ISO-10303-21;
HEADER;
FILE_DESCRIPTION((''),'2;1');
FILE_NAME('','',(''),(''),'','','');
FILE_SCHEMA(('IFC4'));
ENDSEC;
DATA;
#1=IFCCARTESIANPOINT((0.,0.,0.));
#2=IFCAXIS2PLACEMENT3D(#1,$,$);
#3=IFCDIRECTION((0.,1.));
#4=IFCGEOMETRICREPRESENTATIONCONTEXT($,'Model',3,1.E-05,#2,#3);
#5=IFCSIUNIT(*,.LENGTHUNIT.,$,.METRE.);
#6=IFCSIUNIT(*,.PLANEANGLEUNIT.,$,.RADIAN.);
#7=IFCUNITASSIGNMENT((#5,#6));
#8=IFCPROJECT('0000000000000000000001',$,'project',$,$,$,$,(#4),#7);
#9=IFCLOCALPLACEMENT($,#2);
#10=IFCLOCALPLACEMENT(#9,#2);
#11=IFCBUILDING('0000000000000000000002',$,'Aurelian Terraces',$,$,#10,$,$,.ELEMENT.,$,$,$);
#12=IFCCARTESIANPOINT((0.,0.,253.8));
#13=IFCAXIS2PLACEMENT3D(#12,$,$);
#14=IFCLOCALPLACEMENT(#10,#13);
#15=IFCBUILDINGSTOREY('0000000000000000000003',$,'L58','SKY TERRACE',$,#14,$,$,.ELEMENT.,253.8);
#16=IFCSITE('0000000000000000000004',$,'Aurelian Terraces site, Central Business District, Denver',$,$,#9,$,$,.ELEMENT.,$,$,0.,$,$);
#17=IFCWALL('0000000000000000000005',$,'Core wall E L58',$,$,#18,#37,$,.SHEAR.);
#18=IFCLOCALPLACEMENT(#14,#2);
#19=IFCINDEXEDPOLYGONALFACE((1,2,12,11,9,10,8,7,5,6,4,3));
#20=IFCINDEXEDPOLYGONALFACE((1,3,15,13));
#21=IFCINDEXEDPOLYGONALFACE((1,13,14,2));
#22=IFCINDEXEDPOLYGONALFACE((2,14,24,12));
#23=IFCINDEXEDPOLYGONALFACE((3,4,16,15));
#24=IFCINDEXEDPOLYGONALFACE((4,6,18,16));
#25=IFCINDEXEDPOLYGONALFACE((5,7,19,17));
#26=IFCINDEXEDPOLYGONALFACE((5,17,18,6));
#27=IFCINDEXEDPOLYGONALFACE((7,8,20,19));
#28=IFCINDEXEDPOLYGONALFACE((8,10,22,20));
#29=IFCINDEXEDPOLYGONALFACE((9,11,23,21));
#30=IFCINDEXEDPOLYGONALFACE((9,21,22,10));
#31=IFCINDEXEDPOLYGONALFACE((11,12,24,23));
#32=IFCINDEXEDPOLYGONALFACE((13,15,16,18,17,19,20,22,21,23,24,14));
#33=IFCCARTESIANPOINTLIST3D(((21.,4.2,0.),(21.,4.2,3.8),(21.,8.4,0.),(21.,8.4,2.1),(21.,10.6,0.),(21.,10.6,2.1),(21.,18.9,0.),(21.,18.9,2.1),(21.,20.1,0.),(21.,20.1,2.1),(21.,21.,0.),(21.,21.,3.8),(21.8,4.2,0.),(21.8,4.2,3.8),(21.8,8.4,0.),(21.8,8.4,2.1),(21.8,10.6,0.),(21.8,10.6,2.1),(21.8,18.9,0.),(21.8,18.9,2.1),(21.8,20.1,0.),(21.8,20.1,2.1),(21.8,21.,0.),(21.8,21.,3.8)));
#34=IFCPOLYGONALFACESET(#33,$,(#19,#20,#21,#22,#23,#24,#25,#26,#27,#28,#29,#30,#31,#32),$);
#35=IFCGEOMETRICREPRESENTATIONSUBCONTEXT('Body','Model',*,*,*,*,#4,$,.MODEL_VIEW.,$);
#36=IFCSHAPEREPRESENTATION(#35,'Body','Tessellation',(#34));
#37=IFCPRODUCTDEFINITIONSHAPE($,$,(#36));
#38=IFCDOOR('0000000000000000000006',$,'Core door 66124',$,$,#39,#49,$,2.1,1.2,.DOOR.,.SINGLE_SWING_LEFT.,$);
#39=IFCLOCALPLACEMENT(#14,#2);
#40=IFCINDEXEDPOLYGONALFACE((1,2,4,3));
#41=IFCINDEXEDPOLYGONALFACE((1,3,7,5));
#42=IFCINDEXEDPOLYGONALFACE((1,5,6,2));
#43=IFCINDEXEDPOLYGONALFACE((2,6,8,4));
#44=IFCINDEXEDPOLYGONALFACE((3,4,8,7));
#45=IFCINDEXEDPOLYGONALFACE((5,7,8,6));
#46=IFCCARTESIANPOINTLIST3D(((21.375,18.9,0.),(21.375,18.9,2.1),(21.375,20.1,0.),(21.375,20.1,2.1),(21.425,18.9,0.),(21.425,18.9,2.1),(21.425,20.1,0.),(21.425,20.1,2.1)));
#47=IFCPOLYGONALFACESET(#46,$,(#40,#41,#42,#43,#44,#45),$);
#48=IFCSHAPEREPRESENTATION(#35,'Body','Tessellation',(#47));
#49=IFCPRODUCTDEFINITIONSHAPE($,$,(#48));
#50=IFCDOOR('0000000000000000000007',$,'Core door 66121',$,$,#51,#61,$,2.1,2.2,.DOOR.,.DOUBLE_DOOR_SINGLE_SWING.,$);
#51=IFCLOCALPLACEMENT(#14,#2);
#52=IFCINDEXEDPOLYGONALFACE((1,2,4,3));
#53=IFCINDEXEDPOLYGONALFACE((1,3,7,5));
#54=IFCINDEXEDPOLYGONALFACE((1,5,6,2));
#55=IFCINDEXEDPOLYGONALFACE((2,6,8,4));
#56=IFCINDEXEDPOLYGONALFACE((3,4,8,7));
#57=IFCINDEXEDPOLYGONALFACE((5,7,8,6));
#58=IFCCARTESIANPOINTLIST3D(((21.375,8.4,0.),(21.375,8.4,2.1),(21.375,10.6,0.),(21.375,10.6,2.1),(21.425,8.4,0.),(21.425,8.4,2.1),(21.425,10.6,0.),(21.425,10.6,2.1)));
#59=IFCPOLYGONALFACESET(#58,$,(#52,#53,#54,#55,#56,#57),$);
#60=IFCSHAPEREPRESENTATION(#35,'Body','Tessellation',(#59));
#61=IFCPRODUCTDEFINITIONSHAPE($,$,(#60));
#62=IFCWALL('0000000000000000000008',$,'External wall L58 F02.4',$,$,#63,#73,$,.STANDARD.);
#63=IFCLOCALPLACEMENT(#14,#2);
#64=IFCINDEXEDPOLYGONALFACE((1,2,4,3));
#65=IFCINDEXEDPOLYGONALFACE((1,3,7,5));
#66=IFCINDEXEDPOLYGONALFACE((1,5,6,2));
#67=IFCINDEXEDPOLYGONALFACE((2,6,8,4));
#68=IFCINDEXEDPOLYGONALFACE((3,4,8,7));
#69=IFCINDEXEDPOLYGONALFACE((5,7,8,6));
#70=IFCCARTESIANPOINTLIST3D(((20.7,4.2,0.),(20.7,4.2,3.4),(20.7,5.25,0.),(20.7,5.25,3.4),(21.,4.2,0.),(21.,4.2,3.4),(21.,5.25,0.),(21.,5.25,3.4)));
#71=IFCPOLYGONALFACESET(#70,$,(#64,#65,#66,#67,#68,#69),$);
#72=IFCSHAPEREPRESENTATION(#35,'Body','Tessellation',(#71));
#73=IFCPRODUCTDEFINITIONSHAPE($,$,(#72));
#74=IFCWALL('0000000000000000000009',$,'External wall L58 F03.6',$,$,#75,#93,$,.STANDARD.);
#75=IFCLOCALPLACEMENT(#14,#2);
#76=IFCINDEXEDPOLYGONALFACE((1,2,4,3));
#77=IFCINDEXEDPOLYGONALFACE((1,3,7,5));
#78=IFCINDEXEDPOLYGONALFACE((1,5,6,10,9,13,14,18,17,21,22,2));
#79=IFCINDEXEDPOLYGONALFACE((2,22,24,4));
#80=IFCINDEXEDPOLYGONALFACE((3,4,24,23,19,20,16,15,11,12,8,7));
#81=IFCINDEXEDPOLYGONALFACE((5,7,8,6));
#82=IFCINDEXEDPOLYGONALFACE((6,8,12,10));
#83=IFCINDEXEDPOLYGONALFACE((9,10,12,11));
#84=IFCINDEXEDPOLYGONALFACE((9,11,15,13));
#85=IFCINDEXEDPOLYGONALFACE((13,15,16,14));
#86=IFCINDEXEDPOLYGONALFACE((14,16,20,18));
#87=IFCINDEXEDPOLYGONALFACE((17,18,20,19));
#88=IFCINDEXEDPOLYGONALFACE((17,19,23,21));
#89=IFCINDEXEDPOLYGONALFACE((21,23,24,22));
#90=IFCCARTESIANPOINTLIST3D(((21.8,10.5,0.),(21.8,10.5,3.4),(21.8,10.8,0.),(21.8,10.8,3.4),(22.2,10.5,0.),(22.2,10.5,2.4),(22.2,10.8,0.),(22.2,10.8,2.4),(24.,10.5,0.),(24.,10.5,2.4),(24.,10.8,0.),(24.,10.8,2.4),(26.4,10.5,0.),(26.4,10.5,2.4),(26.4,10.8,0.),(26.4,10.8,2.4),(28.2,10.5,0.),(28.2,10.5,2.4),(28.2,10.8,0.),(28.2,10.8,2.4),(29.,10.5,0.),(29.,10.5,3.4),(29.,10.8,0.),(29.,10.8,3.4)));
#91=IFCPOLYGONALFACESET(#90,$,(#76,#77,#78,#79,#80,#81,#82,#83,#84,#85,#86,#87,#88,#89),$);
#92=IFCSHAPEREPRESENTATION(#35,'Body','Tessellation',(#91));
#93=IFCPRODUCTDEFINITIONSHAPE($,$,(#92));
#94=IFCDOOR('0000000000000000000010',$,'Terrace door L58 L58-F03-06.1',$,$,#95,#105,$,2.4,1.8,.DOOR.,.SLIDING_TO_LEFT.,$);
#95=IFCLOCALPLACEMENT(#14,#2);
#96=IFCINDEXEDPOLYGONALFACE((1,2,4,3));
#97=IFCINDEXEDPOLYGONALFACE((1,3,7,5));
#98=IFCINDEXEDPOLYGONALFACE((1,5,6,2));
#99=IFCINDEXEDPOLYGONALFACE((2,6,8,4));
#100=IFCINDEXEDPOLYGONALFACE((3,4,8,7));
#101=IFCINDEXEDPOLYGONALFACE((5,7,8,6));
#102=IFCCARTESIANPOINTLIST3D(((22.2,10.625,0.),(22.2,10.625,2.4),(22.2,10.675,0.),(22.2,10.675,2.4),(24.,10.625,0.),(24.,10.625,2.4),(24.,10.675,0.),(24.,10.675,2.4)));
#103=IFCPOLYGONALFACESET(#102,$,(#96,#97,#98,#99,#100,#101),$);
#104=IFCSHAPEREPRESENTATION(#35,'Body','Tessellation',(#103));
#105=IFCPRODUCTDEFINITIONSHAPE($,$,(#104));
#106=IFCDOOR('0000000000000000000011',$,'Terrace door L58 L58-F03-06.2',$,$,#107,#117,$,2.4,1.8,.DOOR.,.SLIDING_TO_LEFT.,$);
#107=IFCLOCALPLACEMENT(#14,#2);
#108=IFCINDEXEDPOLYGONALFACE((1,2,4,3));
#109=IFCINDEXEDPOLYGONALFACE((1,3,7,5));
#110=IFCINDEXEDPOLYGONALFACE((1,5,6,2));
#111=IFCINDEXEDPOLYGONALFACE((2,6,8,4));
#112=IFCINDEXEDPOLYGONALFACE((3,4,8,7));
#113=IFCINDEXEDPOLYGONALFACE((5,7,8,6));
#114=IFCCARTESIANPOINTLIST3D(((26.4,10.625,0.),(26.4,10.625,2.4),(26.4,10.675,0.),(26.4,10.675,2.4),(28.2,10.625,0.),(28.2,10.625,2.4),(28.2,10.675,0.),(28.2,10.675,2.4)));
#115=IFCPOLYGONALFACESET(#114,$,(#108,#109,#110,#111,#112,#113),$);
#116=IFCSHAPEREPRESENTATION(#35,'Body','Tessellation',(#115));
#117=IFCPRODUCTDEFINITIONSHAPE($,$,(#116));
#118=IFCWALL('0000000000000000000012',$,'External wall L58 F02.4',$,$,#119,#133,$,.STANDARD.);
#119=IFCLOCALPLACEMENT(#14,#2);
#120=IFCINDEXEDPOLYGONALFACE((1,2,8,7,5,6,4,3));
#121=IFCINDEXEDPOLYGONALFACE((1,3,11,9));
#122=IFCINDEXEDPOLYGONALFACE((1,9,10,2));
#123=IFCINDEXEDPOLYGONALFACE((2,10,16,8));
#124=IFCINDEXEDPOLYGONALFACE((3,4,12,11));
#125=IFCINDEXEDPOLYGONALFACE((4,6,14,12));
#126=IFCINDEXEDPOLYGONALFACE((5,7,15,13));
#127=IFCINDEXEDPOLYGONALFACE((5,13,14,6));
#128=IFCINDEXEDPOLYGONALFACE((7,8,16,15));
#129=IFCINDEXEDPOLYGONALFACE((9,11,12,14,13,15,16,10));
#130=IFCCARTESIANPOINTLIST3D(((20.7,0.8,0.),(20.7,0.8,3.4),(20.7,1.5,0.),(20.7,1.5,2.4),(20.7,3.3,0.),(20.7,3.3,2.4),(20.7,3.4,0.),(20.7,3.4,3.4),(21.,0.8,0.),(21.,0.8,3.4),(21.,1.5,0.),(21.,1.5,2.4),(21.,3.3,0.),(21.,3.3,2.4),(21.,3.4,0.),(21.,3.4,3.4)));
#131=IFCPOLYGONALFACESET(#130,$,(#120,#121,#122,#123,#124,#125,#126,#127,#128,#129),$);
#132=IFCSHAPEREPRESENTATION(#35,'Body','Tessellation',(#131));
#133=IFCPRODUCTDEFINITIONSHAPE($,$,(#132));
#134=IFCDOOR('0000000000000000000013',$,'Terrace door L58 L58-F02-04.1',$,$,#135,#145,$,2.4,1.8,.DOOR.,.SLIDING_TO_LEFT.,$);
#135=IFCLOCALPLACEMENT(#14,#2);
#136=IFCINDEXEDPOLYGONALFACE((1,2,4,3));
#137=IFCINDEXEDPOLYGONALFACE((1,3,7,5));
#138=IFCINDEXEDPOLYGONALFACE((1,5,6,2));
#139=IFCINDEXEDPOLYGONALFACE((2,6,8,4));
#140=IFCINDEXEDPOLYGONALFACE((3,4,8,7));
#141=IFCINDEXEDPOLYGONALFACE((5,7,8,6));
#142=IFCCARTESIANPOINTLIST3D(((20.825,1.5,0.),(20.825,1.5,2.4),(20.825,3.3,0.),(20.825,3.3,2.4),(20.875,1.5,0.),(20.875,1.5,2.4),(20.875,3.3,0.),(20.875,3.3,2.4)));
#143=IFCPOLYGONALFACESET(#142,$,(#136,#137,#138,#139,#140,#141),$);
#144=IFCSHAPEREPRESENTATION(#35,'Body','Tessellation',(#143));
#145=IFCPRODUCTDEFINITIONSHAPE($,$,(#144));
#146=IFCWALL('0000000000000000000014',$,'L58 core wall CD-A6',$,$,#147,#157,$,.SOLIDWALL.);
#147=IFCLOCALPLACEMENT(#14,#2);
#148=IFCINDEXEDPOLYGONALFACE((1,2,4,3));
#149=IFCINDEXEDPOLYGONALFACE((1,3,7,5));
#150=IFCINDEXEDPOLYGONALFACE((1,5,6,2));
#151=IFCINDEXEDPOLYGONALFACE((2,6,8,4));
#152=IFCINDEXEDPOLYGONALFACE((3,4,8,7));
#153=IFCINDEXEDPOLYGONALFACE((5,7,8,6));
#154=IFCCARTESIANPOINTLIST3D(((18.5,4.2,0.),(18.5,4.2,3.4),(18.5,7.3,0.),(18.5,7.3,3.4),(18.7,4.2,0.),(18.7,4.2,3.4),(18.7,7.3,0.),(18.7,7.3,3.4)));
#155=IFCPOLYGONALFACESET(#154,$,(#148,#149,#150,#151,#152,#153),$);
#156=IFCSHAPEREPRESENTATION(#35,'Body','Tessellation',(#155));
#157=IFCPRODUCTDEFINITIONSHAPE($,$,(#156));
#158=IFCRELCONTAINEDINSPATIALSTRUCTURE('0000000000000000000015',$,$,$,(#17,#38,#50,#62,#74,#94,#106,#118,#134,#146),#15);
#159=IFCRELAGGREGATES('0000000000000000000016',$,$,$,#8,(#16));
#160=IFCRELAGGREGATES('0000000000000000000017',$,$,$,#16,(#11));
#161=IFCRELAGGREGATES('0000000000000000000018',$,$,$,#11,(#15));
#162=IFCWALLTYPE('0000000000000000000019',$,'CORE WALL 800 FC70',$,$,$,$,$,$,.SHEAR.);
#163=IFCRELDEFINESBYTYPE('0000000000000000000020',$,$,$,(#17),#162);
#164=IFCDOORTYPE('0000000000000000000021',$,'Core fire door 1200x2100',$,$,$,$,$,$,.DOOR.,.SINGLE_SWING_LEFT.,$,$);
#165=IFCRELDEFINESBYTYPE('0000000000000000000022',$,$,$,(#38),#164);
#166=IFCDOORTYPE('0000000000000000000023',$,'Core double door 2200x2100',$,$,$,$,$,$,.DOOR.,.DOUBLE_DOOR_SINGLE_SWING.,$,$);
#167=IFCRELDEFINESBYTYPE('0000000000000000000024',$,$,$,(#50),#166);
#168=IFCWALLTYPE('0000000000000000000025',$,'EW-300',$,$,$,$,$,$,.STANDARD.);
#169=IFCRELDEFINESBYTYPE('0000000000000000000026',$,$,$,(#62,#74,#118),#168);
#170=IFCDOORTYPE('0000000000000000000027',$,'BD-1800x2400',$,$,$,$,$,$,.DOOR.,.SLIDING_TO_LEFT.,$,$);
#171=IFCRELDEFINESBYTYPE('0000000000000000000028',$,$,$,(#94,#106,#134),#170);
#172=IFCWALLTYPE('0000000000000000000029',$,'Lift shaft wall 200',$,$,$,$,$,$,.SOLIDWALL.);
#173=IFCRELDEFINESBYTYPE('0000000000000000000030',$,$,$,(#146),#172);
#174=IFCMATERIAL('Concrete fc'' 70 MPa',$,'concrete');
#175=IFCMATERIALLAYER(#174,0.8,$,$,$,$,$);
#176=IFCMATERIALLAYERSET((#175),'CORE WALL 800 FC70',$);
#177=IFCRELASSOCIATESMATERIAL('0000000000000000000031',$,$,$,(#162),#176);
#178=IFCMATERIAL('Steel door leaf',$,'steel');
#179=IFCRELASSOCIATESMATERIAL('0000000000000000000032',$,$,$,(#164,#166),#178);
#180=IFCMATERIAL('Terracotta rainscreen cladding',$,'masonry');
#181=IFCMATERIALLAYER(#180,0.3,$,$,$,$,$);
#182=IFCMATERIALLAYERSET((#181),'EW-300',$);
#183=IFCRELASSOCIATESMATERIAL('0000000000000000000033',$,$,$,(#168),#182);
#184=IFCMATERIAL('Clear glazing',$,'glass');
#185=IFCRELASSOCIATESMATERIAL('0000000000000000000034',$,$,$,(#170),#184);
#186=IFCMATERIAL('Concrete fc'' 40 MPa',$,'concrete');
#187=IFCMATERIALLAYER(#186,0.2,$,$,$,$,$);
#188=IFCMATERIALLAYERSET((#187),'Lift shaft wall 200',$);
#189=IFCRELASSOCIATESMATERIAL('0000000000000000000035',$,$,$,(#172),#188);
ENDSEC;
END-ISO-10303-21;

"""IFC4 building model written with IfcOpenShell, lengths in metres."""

from ifc_helpers import new_model, si_unit, direction, frame, frame_2d, origin, place, context, subcontext, project, spatial, rectangle, extrude, source, transform, mapped, material, layer, layer_set, type_object, element, fill, save


model = new_model("IFC4")

# Units and contexts
model_context = context("Model", 3, precision=1e-05, world=origin(), true_north=direction((0.0, 1.0)))
body_context = subcontext(model_context, "Body", "Model", "MODEL_VIEW")
ifc_project = project(units=[si_unit("LENGTHUNIT", "METRE"), si_unit("PLANEANGLEUNIT", "RADIAN")], contexts=[model_context])

# Site, building, storey
site_placement = place(None, origin())
site = spatial("IfcSite", under=ifc_project, at=site_placement, Name="Aurelian Terraces site, Central Business District, Denver", CompositionType="ELEMENT", RefElevation=0.0)
building_placement = place(site_placement, origin())
building = spatial("IfcBuilding", under=site, at=building_placement, Name="Aurelian Terraces", CompositionType="ELEMENT")
storey_placement = place(building_placement, frame((0.0, 0.0, 253.8)))
storey = spatial("IfcBuildingStorey", under=building, at=storey_placement, Name="L58", Description="SKY TERRACE", CompositionType="ELEMENT", Elevation=253.8)

# Shared definitions
ifc_material_1 = material(Name="Concrete fc' 70 MPa", Category="concrete")

# Shared definitions
ifc_material_2 = material(Name="Concrete fc' 40 MPa", Category="concrete")

# Wall, openings, doors
ifc_layer_1 = layer(ifc_material_1, 0.8)
ifc_layer_set_1 = layer_set([ifc_layer_1], Name="CORE WALL 800 FC70")
wall_type_1 = type_object("IfcWallType", Name="CORE WALL 800 FC70", PredefinedType="SHEAR", material=ifc_layer_set_1)
shared_shape_1 = source(origin(), body_context, "Body", "SweptSolid", [
    extrude(rectangle(XDim=16.8, YDim=0.8, at=frame_2d((8.4, 0.0))), origin(), (0.0, 0.0, 1.0), 3.8),
])
wall_1_placement = place(storey_placement, frame((21.4, 4.2, 0.0), z_axis=(0.0, 0.0, 1.0), x_axis=(0.0, 1.0, 0.0)))
wall_1 = element("IfcWall", 1, at=wall_1_placement, inside=storey, type_object=wall_type_1, Name="Core wall E L58", PredefinedType="SHEAR", context=body_context, shape_type="MappedRepresentation", body=[
    mapped(shared_shape_1, transform((0.0, 0.0, 0.0), scale=1.0)),
])
shared_shape_2 = source(origin(), body_context, "Body", "SweptSolid", [
    extrude(rectangle(XDim=2.2, YDim=2.1, at=frame_2d((1.1, 1.05))), frame((0.0, 0.41, 0.0), z_axis=(0.0, -1.0, 0.0), x_axis=(1.0, 0.0, 0.0)), (0.0, 0.0, 1.0), 0.82),
])
opening_1_placement = place(wall_1_placement, frame((4.2, 0.0, 0.0)))
opening_1 = element("IfcOpeningElement", 2, at=opening_1_placement, cuts=wall_1, PredefinedType="OPENING", context=body_context, shape_type="MappedRepresentation", body=[
    mapped(shared_shape_2, transform((0.0, 0.0, 0.0), scale=1.0)),
])
shared_shape_3 = source(origin(), body_context, "Body", "SweptSolid", [
    extrude(rectangle(XDim=1.2, YDim=2.1, at=frame_2d((0.6, 1.05))), frame((0.0, 0.41, 0.0), z_axis=(0.0, -1.0, 0.0), x_axis=(1.0, 0.0, 0.0)), (0.0, 0.0, 1.0), 0.82),
])
opening_2_placement = place(wall_1_placement, frame((14.7, 0.0, 0.0)))
opening_2 = element("IfcOpeningElement", 3, at=opening_2_placement, cuts=wall_1, PredefinedType="OPENING", context=body_context, shape_type="MappedRepresentation", body=[
    mapped(shared_shape_3, transform((0.0, 0.0, 0.0), scale=1.0)),
])
ifc_material_3 = material(Name="Steel door leaf", Category="steel")
door_type_1 = type_object("IfcDoorType", Name="Core fire door 1200x2100", OperationType="SINGLE_SWING_LEFT", PredefinedType="DOOR", material=ifc_material_3)
shared_shape_4 = source(origin(), body_context, "Body", "SweptSolid", [
    extrude(rectangle(XDim=1.2, YDim=2.1, at=frame_2d((0.6, 1.05))), frame((0.0, 0.025, 0.0), z_axis=(0.0, -1.0, 0.0), x_axis=(1.0, 0.0, 0.0)), (0.0, 0.0, 1.0), 0.05),
])
door_1_placement = place(opening_2_placement, origin())
door_1 = element("IfcDoor", 4, at=door_1_placement, inside=storey, type_object=door_type_1, Name="Core door 66124", OperationType="SINGLE_SWING_LEFT", OverallHeight=2.1, OverallWidth=1.2, PredefinedType="DOOR", context=body_context, shape_type="MappedRepresentation", body=[
    mapped(shared_shape_4, transform((0.0, 0.0, 0.0), scale=1.0)),
])
fill(opening_2, door_1)
door_type_2 = type_object("IfcDoorType", Name="Core double door 2200x2100", OperationType="DOUBLE_DOOR_SINGLE_SWING", PredefinedType="DOOR", material=ifc_material_3)
shared_shape_5 = source(origin(), body_context, "Body", "SweptSolid", [
    extrude(rectangle(XDim=2.2, YDim=2.1, at=frame_2d((1.1, 1.05))), frame((0.0, 0.025, 0.0), z_axis=(0.0, -1.0, 0.0), x_axis=(1.0, 0.0, 0.0)), (0.0, 0.0, 1.0), 0.05),
])
door_2_placement = place(opening_1_placement, origin())
door_2 = element("IfcDoor", 5, at=door_2_placement, inside=storey, type_object=door_type_2, Name="Core door 66121", OperationType="DOUBLE_DOOR_SINGLE_SWING", OverallHeight=2.1, OverallWidth=2.2, PredefinedType="DOOR", context=body_context, shape_type="MappedRepresentation", body=[
    mapped(shared_shape_5, transform((0.0, 0.0, 0.0), scale=1.0)),
])
fill(opening_1, door_2)

# Wall
ifc_material_4 = material(Name="Terracotta rainscreen cladding", Category="masonry")
ifc_layer_2 = layer(ifc_material_4, 0.3)
ifc_layer_set_2 = layer_set([ifc_layer_2], Name="EW-300")
wall_type_2 = type_object("IfcWallType", Name="EW-300", PredefinedType="STANDARD", material=ifc_layer_set_2)
shared_shape_6 = source(origin(), body_context, "Body", "SweptSolid", [
    extrude(rectangle(XDim=1.05, YDim=0.3, at=frame_2d((0.525, 0.0))), origin(), (0.0, 0.0, 1.0), 3.4),
])
wall_2_placement = place(storey_placement, frame((20.85, 4.2, 0.0), z_axis=(0.0, 0.0, 1.0), x_axis=(0.0, 1.0, 0.0)))
element("IfcWall", 6, at=wall_2_placement, inside=storey, type_object=wall_type_2, Name="External wall L58 F02.4", PredefinedType="STANDARD", context=body_context, shape_type="MappedRepresentation", body=[
    mapped(shared_shape_6, transform((0.0, 0.0, 0.0), scale=1.0)),
])

# Wall, openings, doors
shared_shape_7 = source(origin(), body_context, "Body", "SweptSolid", [
    extrude(rectangle(XDim=7.2, YDim=0.3, at=frame_2d((3.6, 0.0))), origin(), (0.0, 0.0, 1.0), 3.4),
])
wall_3_placement = place(storey_placement, frame((21.8, 10.65, 0.0), z_axis=(0.0, 0.0, 1.0), x_axis=(1.0, 0.0, 0.0)))
wall_3 = element("IfcWall", 7, at=wall_3_placement, inside=storey, type_object=wall_type_2, Name="External wall L58 F03.6", PredefinedType="STANDARD", context=body_context, shape_type="MappedRepresentation", body=[
    mapped(shared_shape_7, transform((0.0, 0.0, 0.0), scale=1.0)),
])
shared_shape_8 = source(origin(), body_context, "Body", "SweptSolid", [
    extrude(rectangle(XDim=1.8, YDim=2.4, at=frame_2d((0.9, 1.2))), frame((0.0, 0.16, 0.0), z_axis=(0.0, -1.0, 0.0), x_axis=(1.0, 0.0, 0.0)), (0.0, 0.0, 1.0), 0.32),
])
opening_3_placement = place(wall_3_placement, frame((0.4, 0.0, 0.0)))
opening_3 = element("IfcOpeningElement", 8, at=opening_3_placement, cuts=wall_3, PredefinedType="OPENING", context=body_context, shape_type="MappedRepresentation", body=[
    mapped(shared_shape_8, transform((0.0, 0.0, 0.0), scale=1.0)),
])
opening_4_placement = place(wall_3_placement, frame((4.6, 0.0, 0.0)))
opening_4 = element("IfcOpeningElement", 9, at=opening_4_placement, cuts=wall_3, PredefinedType="OPENING", context=body_context, shape_type="MappedRepresentation", body=[
    mapped(shared_shape_8, transform((0.0, 0.0, 0.0), scale=1.0)),
])
ifc_material_5 = material(Name="Clear glazing", Category="glass")
door_type_3 = type_object("IfcDoorType", Name="BD-1800x2400", OperationType="SLIDING_TO_LEFT", PredefinedType="DOOR", material=ifc_material_5)
shared_shape_9 = source(origin(), body_context, "Body", "SweptSolid", [
    extrude(rectangle(XDim=1.8, YDim=2.4, at=frame_2d((0.9, 1.2))), frame((0.0, 0.025, 0.0), z_axis=(0.0, -1.0, 0.0), x_axis=(1.0, 0.0, 0.0)), (0.0, 0.0, 1.0), 0.05),
])
door_3_placement = place(opening_3_placement, origin())
door_3 = element("IfcDoor", 10, at=door_3_placement, inside=storey, type_object=door_type_3, Name="Terrace door L58 L58-F03-06.1", OperationType="SLIDING_TO_LEFT", OverallHeight=2.4, OverallWidth=1.8, PredefinedType="DOOR", context=body_context, shape_type="MappedRepresentation", body=[
    mapped(shared_shape_9, transform((0.0, 0.0, 0.0), scale=1.0)),
])
fill(opening_3, door_3)
door_4_placement = place(opening_4_placement, origin())
door_4 = element("IfcDoor", 11, at=door_4_placement, inside=storey, type_object=door_type_3, Name="Terrace door L58 L58-F03-06.2", OperationType="SLIDING_TO_LEFT", OverallHeight=2.4, OverallWidth=1.8, PredefinedType="DOOR", context=body_context, shape_type="MappedRepresentation", body=[
    mapped(shared_shape_9, transform((0.0, 0.0, 0.0), scale=1.0)),
])
fill(opening_4, door_4)

# Wall, opening, door
shared_shape_10 = source(origin(), body_context, "Body", "SweptSolid", [
    extrude(rectangle(XDim=2.6, YDim=0.3, at=frame_2d((1.3, 0.0))), origin(), (0.0, 0.0, 1.0), 3.4),
])
wall_4_placement = place(storey_placement, frame((20.85, 0.8, 0.0), z_axis=(0.0, 0.0, 1.0), x_axis=(0.0, 1.0, 0.0)))
wall_4 = element("IfcWall", 12, at=wall_4_placement, inside=storey, type_object=wall_type_2, Name="External wall L58 F02.4", PredefinedType="STANDARD", context=body_context, shape_type="MappedRepresentation", body=[
    mapped(shared_shape_10, transform((0.0, 0.0, 0.0), scale=1.0)),
])
opening_5_placement = place(wall_4_placement, frame((0.7, 0.0, 0.0)))
opening_5 = element("IfcOpeningElement", 13, at=opening_5_placement, cuts=wall_4, PredefinedType="OPENING", context=body_context, shape_type="MappedRepresentation", body=[
    mapped(shared_shape_8, transform((0.0, 0.0, 0.0), scale=1.0)),
])
door_5_placement = place(opening_5_placement, origin())
door_5 = element("IfcDoor", 14, at=door_5_placement, inside=storey, type_object=door_type_3, Name="Terrace door L58 L58-F02-04.1", OperationType="SLIDING_TO_LEFT", OverallHeight=2.4, OverallWidth=1.8, PredefinedType="DOOR", context=body_context, shape_type="MappedRepresentation", body=[
    mapped(shared_shape_9, transform((0.0, 0.0, 0.0), scale=1.0)),
])
fill(opening_5, door_5)

# Wall
ifc_layer_3 = layer(ifc_material_2, 0.2)
ifc_layer_set_3 = layer_set([ifc_layer_3], Name="Lift shaft wall 200")
wall_type_3 = type_object("IfcWallType", Name="Lift shaft wall 200", PredefinedType="SOLIDWALL", material=ifc_layer_set_3)
shared_shape_11 = source(origin(), body_context, "Body", "SweptSolid", [
    extrude(rectangle(XDim=3.1, YDim=0.2, at=frame_2d((1.55, 0.0))), origin(), (0.0, 0.0, 1.0), 3.4),
])
wall_5_placement = place(storey_placement, frame((18.6, 4.2, 0.0), z_axis=(0.0, 0.0, 1.0), x_axis=(0.0, 1.0, 0.0)))
element("IfcWall", 15, at=wall_5_placement, inside=storey, type_object=wall_type_3, Name="L58 core wall CD-A6", PredefinedType="SOLIDWALL", context=body_context, shape_type="MappedRepresentation", body=[
    mapped(shared_shape_11, transform((0.0, 0.0, 0.0), scale=1.0)),
])

save(model, "model.ifc")
